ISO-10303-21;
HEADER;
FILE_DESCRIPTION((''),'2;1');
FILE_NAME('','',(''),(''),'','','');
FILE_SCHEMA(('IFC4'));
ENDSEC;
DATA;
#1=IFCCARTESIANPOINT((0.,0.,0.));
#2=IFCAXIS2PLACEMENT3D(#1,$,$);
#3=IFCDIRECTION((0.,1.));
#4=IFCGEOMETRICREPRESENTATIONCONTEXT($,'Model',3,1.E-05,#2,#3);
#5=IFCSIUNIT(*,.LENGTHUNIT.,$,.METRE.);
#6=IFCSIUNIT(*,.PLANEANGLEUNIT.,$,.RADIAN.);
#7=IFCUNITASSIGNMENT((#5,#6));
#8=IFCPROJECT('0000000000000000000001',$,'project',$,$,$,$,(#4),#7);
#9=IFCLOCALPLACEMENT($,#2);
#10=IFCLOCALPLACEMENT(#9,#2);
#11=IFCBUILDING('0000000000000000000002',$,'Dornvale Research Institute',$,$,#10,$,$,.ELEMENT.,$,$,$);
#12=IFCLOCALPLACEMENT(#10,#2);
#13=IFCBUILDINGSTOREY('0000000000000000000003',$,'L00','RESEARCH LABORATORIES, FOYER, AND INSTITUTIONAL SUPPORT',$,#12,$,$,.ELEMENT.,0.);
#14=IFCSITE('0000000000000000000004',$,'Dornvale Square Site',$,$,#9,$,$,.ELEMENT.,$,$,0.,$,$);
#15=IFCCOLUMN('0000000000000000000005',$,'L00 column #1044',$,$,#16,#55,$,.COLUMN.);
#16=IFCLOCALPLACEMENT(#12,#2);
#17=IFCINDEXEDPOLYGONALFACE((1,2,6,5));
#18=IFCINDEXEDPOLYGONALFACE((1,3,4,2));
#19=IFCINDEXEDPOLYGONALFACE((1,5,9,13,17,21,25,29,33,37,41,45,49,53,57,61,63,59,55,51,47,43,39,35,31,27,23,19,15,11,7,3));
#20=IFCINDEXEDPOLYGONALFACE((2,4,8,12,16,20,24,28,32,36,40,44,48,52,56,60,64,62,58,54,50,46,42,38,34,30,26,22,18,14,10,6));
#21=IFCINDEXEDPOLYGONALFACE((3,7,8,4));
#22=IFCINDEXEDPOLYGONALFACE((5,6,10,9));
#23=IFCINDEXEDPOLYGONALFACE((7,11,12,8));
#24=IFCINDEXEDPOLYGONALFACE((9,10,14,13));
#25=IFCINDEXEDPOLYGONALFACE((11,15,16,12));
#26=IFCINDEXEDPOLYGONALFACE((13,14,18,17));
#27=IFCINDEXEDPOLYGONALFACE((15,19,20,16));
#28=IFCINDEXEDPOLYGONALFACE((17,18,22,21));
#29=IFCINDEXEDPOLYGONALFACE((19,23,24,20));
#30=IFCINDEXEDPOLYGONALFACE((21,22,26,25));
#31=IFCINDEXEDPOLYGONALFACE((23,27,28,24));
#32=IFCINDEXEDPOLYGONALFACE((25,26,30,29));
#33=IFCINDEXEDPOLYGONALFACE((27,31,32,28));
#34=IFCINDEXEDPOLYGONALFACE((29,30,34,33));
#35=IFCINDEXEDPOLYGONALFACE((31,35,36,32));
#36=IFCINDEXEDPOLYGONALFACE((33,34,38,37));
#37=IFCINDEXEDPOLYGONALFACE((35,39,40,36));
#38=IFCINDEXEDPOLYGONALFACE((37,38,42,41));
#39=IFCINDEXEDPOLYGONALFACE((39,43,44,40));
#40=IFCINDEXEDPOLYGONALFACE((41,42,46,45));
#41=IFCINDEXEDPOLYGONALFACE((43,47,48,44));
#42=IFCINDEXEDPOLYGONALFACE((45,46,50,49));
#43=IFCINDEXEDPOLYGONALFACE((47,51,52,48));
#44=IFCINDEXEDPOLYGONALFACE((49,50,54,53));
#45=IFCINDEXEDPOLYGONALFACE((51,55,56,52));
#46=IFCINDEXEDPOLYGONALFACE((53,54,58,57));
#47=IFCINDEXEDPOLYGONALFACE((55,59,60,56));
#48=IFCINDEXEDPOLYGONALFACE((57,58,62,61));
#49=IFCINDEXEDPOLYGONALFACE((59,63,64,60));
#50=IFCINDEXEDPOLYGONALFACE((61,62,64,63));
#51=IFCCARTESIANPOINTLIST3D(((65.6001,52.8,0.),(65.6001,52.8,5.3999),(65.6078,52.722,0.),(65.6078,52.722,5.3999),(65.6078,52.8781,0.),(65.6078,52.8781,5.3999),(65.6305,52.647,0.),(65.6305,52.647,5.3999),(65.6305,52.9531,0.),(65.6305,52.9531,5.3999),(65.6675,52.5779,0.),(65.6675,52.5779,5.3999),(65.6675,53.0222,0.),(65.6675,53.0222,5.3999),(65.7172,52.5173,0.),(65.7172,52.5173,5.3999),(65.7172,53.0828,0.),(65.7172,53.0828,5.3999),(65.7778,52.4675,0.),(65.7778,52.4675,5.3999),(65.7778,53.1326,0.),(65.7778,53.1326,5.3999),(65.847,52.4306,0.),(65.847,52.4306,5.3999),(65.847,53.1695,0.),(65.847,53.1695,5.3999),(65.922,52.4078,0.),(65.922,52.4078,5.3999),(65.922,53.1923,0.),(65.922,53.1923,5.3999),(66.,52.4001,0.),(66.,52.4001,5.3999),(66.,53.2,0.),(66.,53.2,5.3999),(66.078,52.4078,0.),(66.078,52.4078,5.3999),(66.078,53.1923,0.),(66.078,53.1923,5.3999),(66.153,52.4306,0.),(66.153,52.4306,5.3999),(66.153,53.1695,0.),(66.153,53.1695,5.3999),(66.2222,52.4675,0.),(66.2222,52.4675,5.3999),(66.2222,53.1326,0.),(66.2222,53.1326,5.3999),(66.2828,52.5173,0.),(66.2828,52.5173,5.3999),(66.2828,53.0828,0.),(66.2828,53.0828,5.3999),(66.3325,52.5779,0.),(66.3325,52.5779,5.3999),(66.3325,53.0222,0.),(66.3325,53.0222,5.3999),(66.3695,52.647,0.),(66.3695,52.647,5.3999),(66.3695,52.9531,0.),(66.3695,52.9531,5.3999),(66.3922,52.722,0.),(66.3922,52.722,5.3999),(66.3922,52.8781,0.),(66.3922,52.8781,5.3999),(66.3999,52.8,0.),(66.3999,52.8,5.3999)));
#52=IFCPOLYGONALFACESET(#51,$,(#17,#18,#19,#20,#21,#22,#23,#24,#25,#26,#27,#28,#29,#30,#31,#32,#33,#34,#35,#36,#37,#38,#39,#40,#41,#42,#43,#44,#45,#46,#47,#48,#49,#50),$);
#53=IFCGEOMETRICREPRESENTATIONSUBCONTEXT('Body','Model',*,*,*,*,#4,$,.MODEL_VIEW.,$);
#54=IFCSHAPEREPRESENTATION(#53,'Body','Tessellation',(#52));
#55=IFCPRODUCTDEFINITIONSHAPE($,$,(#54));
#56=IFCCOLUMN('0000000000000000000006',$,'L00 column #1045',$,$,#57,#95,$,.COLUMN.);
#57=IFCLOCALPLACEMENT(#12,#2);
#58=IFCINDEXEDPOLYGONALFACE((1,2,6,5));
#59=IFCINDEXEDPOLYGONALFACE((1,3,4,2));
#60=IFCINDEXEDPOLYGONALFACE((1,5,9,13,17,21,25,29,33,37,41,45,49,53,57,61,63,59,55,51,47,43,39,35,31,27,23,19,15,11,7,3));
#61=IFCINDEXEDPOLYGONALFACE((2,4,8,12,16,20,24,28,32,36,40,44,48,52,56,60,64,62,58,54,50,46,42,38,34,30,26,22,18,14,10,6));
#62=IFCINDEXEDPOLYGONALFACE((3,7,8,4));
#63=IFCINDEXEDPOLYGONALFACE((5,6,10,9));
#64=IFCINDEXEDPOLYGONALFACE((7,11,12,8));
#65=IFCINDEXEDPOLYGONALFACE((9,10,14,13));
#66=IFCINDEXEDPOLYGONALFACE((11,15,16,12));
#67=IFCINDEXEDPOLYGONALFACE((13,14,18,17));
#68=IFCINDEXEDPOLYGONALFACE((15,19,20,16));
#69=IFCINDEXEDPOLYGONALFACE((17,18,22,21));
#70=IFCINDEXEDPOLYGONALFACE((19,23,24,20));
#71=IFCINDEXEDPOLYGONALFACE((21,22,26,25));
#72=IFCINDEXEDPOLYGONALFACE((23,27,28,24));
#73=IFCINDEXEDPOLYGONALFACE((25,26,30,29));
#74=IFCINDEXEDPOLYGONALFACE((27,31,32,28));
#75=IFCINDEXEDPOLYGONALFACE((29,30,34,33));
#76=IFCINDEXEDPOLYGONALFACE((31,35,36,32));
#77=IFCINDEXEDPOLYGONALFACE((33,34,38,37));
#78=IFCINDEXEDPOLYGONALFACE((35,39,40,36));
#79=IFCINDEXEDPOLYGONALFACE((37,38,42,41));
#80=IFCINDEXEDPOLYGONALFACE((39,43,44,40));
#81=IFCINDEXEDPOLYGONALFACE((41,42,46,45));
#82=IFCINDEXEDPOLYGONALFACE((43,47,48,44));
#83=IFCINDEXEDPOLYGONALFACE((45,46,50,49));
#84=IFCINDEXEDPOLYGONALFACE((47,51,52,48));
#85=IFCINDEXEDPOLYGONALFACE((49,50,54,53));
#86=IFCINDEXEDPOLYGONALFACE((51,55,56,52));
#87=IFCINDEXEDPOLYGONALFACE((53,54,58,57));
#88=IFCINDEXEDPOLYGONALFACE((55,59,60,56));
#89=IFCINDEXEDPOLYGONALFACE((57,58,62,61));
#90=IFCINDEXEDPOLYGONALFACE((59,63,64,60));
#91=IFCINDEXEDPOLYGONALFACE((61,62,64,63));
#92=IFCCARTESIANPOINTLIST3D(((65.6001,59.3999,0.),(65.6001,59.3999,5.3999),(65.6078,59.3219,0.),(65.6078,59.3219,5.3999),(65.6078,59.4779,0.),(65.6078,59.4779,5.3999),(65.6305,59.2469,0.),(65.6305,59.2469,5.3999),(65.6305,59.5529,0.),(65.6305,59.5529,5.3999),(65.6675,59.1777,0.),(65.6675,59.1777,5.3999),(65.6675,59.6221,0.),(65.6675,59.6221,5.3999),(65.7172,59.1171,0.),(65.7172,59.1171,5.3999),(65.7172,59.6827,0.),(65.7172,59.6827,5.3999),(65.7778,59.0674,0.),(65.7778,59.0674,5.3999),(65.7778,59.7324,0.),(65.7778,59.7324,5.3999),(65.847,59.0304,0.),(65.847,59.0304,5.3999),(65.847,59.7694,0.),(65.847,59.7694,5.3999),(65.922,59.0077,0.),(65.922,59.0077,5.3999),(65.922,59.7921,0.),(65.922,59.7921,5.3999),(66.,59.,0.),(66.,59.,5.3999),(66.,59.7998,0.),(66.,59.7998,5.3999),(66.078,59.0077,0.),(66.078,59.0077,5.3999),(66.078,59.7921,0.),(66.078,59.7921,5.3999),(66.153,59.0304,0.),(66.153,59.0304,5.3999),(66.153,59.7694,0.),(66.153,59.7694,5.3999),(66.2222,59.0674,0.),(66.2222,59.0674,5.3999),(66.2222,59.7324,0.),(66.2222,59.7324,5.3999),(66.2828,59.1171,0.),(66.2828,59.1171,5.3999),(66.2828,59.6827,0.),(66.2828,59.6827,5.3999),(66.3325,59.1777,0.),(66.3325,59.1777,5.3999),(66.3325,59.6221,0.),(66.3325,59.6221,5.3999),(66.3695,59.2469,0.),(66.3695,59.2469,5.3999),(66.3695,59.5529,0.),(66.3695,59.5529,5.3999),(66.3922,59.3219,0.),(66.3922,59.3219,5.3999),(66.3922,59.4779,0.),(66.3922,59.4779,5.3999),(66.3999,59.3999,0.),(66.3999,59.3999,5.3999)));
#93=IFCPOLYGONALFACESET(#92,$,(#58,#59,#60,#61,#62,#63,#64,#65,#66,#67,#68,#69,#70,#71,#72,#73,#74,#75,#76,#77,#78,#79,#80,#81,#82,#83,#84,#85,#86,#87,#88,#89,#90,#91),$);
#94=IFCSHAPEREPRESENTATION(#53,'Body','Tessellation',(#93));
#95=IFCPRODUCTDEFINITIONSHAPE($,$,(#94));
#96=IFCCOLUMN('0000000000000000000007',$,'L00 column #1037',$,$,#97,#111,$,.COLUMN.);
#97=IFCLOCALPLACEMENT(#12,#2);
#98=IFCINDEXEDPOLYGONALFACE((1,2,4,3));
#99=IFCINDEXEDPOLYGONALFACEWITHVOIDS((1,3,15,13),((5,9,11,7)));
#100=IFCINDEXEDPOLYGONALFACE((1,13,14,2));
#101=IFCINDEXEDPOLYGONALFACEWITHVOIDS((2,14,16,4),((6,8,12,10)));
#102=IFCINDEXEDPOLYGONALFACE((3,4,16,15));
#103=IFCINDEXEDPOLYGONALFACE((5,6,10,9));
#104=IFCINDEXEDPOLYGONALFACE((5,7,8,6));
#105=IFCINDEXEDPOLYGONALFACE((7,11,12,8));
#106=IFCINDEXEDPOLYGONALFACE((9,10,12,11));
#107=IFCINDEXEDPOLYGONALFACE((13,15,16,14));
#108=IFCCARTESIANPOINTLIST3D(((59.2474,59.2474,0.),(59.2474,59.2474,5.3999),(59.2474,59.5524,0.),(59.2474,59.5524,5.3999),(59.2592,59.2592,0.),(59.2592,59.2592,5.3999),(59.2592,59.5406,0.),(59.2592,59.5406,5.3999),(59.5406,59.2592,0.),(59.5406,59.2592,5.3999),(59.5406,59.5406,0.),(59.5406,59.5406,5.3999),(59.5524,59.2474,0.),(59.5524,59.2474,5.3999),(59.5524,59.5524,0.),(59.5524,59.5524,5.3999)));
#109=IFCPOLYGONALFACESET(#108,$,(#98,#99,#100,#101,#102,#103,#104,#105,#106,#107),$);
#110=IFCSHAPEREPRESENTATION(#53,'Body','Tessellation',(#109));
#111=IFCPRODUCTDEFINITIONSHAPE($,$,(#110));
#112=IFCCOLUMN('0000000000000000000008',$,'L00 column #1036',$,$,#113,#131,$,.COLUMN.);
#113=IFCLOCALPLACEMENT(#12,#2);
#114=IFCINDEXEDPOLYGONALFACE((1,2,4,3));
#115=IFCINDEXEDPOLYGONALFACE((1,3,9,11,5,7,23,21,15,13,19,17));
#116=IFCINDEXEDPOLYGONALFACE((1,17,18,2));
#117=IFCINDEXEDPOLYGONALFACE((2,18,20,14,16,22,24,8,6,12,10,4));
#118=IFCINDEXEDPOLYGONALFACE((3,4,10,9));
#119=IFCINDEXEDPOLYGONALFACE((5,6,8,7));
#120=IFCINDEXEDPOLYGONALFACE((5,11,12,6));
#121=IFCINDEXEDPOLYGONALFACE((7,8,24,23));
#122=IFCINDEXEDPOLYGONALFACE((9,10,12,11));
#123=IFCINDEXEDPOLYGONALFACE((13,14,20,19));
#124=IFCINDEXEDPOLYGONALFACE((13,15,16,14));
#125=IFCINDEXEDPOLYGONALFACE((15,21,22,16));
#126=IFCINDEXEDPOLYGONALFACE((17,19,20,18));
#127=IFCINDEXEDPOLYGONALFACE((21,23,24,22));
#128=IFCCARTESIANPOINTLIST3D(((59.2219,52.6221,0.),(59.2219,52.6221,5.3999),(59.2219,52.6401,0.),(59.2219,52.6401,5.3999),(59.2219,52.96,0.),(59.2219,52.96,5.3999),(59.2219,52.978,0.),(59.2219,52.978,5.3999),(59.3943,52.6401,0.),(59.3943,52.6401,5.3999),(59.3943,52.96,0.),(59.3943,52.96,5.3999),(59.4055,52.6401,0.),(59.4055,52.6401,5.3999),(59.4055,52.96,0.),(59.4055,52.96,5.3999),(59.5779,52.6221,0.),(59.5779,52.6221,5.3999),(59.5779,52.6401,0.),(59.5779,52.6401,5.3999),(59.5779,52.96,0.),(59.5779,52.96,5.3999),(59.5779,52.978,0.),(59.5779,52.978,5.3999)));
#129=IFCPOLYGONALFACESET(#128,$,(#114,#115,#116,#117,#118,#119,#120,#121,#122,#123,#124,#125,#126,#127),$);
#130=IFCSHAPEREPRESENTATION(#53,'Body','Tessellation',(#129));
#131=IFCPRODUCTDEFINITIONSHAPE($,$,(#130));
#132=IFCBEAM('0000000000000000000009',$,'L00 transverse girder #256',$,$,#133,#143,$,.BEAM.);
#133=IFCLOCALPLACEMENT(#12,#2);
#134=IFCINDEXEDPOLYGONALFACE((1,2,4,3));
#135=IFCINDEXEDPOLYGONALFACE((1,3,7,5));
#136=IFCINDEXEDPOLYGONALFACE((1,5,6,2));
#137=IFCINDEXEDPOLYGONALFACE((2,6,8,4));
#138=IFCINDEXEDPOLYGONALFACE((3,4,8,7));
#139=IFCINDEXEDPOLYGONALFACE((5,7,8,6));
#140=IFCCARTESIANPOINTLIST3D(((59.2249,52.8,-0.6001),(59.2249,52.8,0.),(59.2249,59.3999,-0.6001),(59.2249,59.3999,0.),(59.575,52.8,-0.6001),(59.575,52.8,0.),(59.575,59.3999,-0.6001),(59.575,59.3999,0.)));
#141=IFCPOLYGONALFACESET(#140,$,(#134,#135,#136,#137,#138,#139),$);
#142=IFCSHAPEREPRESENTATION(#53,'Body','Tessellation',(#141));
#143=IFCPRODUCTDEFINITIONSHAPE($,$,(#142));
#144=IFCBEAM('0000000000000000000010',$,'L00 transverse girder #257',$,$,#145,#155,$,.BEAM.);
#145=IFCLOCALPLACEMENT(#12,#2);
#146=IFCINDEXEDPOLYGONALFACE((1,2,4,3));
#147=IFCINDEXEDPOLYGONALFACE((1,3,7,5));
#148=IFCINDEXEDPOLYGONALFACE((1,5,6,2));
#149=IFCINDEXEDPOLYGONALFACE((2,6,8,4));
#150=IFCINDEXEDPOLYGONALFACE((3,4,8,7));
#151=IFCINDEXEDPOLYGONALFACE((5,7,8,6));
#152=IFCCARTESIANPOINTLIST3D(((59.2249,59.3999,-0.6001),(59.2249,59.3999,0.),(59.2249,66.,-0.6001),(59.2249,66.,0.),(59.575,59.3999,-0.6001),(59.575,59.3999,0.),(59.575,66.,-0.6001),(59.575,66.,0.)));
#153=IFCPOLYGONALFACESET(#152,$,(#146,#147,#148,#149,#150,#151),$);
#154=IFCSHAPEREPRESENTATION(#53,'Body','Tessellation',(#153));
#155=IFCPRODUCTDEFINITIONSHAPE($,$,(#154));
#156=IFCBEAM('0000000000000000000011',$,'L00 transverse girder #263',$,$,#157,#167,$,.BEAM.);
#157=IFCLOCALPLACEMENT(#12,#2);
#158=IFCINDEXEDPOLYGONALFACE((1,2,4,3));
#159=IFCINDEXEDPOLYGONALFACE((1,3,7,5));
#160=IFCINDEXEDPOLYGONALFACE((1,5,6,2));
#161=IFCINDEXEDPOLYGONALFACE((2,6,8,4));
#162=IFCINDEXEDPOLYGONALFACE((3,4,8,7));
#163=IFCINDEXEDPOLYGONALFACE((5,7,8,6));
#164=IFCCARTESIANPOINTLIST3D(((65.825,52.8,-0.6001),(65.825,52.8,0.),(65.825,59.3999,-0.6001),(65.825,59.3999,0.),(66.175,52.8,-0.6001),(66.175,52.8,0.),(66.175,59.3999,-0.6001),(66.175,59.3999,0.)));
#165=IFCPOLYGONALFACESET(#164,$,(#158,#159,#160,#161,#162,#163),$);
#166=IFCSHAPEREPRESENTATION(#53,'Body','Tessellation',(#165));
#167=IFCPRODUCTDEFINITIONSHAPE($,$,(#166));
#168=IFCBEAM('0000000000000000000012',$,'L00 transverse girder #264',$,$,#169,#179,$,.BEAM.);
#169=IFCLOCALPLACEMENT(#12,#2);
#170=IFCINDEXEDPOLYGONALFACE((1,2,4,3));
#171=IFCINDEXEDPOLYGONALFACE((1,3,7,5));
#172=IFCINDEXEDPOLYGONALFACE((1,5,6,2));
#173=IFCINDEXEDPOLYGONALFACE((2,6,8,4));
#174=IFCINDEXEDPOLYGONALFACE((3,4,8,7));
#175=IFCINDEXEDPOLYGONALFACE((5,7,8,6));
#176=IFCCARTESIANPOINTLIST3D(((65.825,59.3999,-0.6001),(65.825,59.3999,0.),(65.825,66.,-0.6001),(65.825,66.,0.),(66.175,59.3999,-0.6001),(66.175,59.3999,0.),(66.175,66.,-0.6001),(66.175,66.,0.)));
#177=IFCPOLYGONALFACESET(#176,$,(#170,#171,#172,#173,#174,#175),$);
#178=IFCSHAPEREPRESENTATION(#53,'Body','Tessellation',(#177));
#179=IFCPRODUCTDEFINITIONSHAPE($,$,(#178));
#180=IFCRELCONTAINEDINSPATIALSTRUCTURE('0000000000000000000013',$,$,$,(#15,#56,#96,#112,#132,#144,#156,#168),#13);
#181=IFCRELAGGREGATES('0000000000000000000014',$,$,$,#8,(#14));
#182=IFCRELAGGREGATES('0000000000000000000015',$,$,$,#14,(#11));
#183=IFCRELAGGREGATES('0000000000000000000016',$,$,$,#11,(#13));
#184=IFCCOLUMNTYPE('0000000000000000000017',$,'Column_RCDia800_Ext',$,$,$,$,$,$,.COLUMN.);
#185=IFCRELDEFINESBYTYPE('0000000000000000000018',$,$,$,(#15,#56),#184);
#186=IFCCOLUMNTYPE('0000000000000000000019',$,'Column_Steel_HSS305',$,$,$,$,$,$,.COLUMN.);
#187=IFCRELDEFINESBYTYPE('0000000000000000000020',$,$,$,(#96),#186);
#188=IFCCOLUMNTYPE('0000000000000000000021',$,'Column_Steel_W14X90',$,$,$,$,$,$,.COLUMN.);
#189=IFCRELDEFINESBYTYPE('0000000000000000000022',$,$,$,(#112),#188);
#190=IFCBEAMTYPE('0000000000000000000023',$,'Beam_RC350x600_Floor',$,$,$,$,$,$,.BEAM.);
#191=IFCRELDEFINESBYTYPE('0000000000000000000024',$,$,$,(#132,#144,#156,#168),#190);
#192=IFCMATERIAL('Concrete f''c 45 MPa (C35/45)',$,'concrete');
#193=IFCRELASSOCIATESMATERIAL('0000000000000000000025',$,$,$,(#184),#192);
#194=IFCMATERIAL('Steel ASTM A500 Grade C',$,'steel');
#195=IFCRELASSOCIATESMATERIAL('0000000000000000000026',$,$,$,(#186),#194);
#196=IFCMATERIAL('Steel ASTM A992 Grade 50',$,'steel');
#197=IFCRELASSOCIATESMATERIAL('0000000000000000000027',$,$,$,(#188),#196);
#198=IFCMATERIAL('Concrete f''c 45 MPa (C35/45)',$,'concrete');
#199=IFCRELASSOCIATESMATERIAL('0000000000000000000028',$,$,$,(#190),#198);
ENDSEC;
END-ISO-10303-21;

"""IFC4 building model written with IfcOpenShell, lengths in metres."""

from ifc_helpers import new_model, si_unit, direction, frame, origin, origin_2d, place, context, subcontext, project, spatial, rectangle, hollow_rectangle, circle, i_section, extrude, material, material_profile, profile_set, type_object, element, save


model = new_model("IFC4")

# Units and contexts
model_context = context("Model", 3, precision=1e-05, world=origin(), true_north=direction((0.0, 1.0)))
body_context = subcontext(model_context, "Body", "Model", "MODEL_VIEW")
ifc_project = project(units=[si_unit("LENGTHUNIT", "METRE"), si_unit("PLANEANGLEUNIT", "RADIAN")], contexts=[model_context])

# Site, building, storey
site_placement = place(None, origin())
site = spatial("IfcSite", under=ifc_project, at=site_placement, Name="Dornvale Square Site", CompositionType="ELEMENT", RefElevation=0.0)
building_placement = place(site_placement, origin())
building = spatial("IfcBuilding", under=site, at=building_placement, Name="Dornvale Research Institute", CompositionType="ELEMENT")
storey_placement = place(building_placement, origin())
storey = spatial("IfcBuildingStorey", under=building, at=storey_placement, Name="L00", Description="RESEARCH LABORATORIES, FOYER, AND INSTITUTIONAL SUPPORT", CompositionType="ELEMENT", Elevation=0.0)

# Columns
ifc_material_1 = material(Name="Concrete f'c 45 MPa (C35/45)", Category="concrete")
ifc_material_profile_1 = material_profile(ifc_material_1, circle(Radius=0.3999, at=origin_2d()), Name="RC DIA 800")
ifc_profile_set_1 = profile_set([ifc_material_profile_1], Name="Concrete f'c 45 MPa (C35/45)")
column_type_1 = type_object("IfcColumnType", Name="Column_RCDia800_Ext", PredefinedType="COLUMN", material=ifc_profile_set_1)
for number, where, z_axis, x_axis, name in (
    (1, (66.0, 52.8, 0.0), (0.0, 0.0, 1.0), (1.0, 0.0, 0.0), "L00 column #1044"),
    (2, (66.0, 59.3999, 0.0), (0.0, 0.0, 1.0), (1.0, 0.0, 0.0), "L00 column #1045"),
):
    element("IfcColumn", number, at=place(storey_placement, frame(where, z_axis=z_axis, x_axis=x_axis)), inside=storey, type_object=column_type_1, Name=name, PredefinedType="COLUMN", context=body_context, shape_type="SweptSolid", body=[
        extrude(circle(Radius=0.3999, at=origin_2d()), origin(), (0.0, 0.0, 1.0), 5.3999),
    ])
ifc_material_2 = material(Name="Steel ASTM A500 Grade C", Category="steel")
ifc_material_profile_2 = material_profile(ifc_material_2, hollow_rectangle(XDim=0.3049, YDim=0.3049, WallThickness=0.0117, at=origin_2d()), Name="HSS305X305X12.7")
ifc_profile_set_2 = profile_set([ifc_material_profile_2], Name="Steel ASTM A500 Grade C")
column_type_2 = type_object("IfcColumnType", Name="Column_Steel_HSS305", PredefinedType="COLUMN", material=ifc_profile_set_2)
column_1_placement = place(storey_placement, frame((59.3999, 59.3999, 0.0), z_axis=(0.0, 0.0, 1.0), x_axis=(1.0, 0.0, 0.0)))
element("IfcColumn", 3, at=column_1_placement, inside=storey, type_object=column_type_2, Name="L00 column #1037", PredefinedType="COLUMN", context=body_context, shape_type="SweptSolid", body=[
    extrude(hollow_rectangle(XDim=0.3049, YDim=0.3049, WallThickness=0.0117, at=origin_2d()), origin(), (0.0, 0.0, 1.0), 5.3999),
])
ifc_material_3 = material(Name="Steel ASTM A992 Grade 50", Category="steel")
ifc_material_profile_3 = material_profile(ifc_material_3, i_section(OverallWidth=0.356, OverallDepth=0.356, WebThickness=0.0112, FlangeThickness=0.0181, at=origin_2d()), Name="W14X90")
ifc_profile_set_3 = profile_set([ifc_material_profile_3], Name="Steel ASTM A992 Grade 50")
column_type_3 = type_object("IfcColumnType", Name="Column_Steel_W14X90", PredefinedType="COLUMN", material=ifc_profile_set_3)
column_2_placement = place(storey_placement, frame((59.3999, 52.8, 0.0), z_axis=(0.0, 0.0, 1.0), x_axis=(1.0, 0.0, 0.0)))
element("IfcColumn", 4, at=column_2_placement, inside=storey, type_object=column_type_3, Name="L00 column #1036", PredefinedType="COLUMN", context=body_context, shape_type="SweptSolid", body=[
    extrude(i_section(OverallWidth=0.356, OverallDepth=0.356, WebThickness=0.0112, FlangeThickness=0.0181, at=origin_2d()), origin(), (0.0, 0.0, 1.0), 5.3999),
])

# Beams
ifc_material_4 = material(Name="Concrete f'c 45 MPa (C35/45)", Category="concrete")
ifc_material_profile_4 = material_profile(ifc_material_4, rectangle(XDim=0.3501, YDim=0.6001, at=origin_2d()), Name="RC 350x600")
ifc_profile_set_4 = profile_set([ifc_material_profile_4], Name="Concrete f'c 45 MPa (C35/45)")
beam_type_1 = type_object("IfcBeamType", Name="Beam_RC350x600_Floor", PredefinedType="BEAM", material=ifc_profile_set_4)
beam_1_placement = place(storey_placement, frame((59.3999, 52.8, -0.3), z_axis=(0.0, 1.0, 0.0), x_axis=(-1.0, 0.0, 0.0)))
element("IfcBeam", 5, at=beam_1_placement, inside=storey, type_object=beam_type_1, Name="L00 transverse girder #256", PredefinedType="BEAM", context=body_context, shape_type="SweptSolid", body=[
    extrude(rectangle(XDim=0.3501, YDim=0.6001, at=origin_2d()), origin(), (0.0, 0.0, 1.0), 6.5999),
])
beam_2_placement = place(storey_placement, frame((59.3999, 59.3999, -0.3), z_axis=(0.0, 1.0, 0.0), x_axis=(-1.0, 0.0, 0.0)))
element("IfcBeam", 6, at=beam_2_placement, inside=storey, type_object=beam_type_1, Name="L00 transverse girder #257", PredefinedType="BEAM", context=body_context, shape_type="SweptSolid", body=[
    extrude(rectangle(XDim=0.3501, YDim=0.6001, at=origin_2d()), origin(), (0.0, 0.0, 1.0), 6.6001),
])
beam_3_placement = place(storey_placement, frame((66.0, 52.8, -0.3), z_axis=(0.0, 1.0, 0.0), x_axis=(-1.0, 0.0, 0.0)))
element("IfcBeam", 7, at=beam_3_placement, inside=storey, type_object=beam_type_1, Name="L00 transverse girder #263", PredefinedType="BEAM", context=body_context, shape_type="SweptSolid", body=[
    extrude(rectangle(XDim=0.3501, YDim=0.6001, at=origin_2d()), origin(), (0.0, 0.0, 1.0), 6.5999),
])
beam_4_placement = place(storey_placement, frame((66.0, 59.3999, -0.3), z_axis=(0.0, 1.0, 0.0), x_axis=(-1.0, 0.0, 0.0)))
element("IfcBeam", 8, at=beam_4_placement, inside=storey, type_object=beam_type_1, Name="L00 transverse girder #264", PredefinedType="BEAM", context=body_context, shape_type="SweptSolid", body=[
    extrude(rectangle(XDim=0.3501, YDim=0.6001, at=origin_2d()), origin(), (0.0, 0.0, 1.0), 6.6001),
])

save(model, "model.ifc")
